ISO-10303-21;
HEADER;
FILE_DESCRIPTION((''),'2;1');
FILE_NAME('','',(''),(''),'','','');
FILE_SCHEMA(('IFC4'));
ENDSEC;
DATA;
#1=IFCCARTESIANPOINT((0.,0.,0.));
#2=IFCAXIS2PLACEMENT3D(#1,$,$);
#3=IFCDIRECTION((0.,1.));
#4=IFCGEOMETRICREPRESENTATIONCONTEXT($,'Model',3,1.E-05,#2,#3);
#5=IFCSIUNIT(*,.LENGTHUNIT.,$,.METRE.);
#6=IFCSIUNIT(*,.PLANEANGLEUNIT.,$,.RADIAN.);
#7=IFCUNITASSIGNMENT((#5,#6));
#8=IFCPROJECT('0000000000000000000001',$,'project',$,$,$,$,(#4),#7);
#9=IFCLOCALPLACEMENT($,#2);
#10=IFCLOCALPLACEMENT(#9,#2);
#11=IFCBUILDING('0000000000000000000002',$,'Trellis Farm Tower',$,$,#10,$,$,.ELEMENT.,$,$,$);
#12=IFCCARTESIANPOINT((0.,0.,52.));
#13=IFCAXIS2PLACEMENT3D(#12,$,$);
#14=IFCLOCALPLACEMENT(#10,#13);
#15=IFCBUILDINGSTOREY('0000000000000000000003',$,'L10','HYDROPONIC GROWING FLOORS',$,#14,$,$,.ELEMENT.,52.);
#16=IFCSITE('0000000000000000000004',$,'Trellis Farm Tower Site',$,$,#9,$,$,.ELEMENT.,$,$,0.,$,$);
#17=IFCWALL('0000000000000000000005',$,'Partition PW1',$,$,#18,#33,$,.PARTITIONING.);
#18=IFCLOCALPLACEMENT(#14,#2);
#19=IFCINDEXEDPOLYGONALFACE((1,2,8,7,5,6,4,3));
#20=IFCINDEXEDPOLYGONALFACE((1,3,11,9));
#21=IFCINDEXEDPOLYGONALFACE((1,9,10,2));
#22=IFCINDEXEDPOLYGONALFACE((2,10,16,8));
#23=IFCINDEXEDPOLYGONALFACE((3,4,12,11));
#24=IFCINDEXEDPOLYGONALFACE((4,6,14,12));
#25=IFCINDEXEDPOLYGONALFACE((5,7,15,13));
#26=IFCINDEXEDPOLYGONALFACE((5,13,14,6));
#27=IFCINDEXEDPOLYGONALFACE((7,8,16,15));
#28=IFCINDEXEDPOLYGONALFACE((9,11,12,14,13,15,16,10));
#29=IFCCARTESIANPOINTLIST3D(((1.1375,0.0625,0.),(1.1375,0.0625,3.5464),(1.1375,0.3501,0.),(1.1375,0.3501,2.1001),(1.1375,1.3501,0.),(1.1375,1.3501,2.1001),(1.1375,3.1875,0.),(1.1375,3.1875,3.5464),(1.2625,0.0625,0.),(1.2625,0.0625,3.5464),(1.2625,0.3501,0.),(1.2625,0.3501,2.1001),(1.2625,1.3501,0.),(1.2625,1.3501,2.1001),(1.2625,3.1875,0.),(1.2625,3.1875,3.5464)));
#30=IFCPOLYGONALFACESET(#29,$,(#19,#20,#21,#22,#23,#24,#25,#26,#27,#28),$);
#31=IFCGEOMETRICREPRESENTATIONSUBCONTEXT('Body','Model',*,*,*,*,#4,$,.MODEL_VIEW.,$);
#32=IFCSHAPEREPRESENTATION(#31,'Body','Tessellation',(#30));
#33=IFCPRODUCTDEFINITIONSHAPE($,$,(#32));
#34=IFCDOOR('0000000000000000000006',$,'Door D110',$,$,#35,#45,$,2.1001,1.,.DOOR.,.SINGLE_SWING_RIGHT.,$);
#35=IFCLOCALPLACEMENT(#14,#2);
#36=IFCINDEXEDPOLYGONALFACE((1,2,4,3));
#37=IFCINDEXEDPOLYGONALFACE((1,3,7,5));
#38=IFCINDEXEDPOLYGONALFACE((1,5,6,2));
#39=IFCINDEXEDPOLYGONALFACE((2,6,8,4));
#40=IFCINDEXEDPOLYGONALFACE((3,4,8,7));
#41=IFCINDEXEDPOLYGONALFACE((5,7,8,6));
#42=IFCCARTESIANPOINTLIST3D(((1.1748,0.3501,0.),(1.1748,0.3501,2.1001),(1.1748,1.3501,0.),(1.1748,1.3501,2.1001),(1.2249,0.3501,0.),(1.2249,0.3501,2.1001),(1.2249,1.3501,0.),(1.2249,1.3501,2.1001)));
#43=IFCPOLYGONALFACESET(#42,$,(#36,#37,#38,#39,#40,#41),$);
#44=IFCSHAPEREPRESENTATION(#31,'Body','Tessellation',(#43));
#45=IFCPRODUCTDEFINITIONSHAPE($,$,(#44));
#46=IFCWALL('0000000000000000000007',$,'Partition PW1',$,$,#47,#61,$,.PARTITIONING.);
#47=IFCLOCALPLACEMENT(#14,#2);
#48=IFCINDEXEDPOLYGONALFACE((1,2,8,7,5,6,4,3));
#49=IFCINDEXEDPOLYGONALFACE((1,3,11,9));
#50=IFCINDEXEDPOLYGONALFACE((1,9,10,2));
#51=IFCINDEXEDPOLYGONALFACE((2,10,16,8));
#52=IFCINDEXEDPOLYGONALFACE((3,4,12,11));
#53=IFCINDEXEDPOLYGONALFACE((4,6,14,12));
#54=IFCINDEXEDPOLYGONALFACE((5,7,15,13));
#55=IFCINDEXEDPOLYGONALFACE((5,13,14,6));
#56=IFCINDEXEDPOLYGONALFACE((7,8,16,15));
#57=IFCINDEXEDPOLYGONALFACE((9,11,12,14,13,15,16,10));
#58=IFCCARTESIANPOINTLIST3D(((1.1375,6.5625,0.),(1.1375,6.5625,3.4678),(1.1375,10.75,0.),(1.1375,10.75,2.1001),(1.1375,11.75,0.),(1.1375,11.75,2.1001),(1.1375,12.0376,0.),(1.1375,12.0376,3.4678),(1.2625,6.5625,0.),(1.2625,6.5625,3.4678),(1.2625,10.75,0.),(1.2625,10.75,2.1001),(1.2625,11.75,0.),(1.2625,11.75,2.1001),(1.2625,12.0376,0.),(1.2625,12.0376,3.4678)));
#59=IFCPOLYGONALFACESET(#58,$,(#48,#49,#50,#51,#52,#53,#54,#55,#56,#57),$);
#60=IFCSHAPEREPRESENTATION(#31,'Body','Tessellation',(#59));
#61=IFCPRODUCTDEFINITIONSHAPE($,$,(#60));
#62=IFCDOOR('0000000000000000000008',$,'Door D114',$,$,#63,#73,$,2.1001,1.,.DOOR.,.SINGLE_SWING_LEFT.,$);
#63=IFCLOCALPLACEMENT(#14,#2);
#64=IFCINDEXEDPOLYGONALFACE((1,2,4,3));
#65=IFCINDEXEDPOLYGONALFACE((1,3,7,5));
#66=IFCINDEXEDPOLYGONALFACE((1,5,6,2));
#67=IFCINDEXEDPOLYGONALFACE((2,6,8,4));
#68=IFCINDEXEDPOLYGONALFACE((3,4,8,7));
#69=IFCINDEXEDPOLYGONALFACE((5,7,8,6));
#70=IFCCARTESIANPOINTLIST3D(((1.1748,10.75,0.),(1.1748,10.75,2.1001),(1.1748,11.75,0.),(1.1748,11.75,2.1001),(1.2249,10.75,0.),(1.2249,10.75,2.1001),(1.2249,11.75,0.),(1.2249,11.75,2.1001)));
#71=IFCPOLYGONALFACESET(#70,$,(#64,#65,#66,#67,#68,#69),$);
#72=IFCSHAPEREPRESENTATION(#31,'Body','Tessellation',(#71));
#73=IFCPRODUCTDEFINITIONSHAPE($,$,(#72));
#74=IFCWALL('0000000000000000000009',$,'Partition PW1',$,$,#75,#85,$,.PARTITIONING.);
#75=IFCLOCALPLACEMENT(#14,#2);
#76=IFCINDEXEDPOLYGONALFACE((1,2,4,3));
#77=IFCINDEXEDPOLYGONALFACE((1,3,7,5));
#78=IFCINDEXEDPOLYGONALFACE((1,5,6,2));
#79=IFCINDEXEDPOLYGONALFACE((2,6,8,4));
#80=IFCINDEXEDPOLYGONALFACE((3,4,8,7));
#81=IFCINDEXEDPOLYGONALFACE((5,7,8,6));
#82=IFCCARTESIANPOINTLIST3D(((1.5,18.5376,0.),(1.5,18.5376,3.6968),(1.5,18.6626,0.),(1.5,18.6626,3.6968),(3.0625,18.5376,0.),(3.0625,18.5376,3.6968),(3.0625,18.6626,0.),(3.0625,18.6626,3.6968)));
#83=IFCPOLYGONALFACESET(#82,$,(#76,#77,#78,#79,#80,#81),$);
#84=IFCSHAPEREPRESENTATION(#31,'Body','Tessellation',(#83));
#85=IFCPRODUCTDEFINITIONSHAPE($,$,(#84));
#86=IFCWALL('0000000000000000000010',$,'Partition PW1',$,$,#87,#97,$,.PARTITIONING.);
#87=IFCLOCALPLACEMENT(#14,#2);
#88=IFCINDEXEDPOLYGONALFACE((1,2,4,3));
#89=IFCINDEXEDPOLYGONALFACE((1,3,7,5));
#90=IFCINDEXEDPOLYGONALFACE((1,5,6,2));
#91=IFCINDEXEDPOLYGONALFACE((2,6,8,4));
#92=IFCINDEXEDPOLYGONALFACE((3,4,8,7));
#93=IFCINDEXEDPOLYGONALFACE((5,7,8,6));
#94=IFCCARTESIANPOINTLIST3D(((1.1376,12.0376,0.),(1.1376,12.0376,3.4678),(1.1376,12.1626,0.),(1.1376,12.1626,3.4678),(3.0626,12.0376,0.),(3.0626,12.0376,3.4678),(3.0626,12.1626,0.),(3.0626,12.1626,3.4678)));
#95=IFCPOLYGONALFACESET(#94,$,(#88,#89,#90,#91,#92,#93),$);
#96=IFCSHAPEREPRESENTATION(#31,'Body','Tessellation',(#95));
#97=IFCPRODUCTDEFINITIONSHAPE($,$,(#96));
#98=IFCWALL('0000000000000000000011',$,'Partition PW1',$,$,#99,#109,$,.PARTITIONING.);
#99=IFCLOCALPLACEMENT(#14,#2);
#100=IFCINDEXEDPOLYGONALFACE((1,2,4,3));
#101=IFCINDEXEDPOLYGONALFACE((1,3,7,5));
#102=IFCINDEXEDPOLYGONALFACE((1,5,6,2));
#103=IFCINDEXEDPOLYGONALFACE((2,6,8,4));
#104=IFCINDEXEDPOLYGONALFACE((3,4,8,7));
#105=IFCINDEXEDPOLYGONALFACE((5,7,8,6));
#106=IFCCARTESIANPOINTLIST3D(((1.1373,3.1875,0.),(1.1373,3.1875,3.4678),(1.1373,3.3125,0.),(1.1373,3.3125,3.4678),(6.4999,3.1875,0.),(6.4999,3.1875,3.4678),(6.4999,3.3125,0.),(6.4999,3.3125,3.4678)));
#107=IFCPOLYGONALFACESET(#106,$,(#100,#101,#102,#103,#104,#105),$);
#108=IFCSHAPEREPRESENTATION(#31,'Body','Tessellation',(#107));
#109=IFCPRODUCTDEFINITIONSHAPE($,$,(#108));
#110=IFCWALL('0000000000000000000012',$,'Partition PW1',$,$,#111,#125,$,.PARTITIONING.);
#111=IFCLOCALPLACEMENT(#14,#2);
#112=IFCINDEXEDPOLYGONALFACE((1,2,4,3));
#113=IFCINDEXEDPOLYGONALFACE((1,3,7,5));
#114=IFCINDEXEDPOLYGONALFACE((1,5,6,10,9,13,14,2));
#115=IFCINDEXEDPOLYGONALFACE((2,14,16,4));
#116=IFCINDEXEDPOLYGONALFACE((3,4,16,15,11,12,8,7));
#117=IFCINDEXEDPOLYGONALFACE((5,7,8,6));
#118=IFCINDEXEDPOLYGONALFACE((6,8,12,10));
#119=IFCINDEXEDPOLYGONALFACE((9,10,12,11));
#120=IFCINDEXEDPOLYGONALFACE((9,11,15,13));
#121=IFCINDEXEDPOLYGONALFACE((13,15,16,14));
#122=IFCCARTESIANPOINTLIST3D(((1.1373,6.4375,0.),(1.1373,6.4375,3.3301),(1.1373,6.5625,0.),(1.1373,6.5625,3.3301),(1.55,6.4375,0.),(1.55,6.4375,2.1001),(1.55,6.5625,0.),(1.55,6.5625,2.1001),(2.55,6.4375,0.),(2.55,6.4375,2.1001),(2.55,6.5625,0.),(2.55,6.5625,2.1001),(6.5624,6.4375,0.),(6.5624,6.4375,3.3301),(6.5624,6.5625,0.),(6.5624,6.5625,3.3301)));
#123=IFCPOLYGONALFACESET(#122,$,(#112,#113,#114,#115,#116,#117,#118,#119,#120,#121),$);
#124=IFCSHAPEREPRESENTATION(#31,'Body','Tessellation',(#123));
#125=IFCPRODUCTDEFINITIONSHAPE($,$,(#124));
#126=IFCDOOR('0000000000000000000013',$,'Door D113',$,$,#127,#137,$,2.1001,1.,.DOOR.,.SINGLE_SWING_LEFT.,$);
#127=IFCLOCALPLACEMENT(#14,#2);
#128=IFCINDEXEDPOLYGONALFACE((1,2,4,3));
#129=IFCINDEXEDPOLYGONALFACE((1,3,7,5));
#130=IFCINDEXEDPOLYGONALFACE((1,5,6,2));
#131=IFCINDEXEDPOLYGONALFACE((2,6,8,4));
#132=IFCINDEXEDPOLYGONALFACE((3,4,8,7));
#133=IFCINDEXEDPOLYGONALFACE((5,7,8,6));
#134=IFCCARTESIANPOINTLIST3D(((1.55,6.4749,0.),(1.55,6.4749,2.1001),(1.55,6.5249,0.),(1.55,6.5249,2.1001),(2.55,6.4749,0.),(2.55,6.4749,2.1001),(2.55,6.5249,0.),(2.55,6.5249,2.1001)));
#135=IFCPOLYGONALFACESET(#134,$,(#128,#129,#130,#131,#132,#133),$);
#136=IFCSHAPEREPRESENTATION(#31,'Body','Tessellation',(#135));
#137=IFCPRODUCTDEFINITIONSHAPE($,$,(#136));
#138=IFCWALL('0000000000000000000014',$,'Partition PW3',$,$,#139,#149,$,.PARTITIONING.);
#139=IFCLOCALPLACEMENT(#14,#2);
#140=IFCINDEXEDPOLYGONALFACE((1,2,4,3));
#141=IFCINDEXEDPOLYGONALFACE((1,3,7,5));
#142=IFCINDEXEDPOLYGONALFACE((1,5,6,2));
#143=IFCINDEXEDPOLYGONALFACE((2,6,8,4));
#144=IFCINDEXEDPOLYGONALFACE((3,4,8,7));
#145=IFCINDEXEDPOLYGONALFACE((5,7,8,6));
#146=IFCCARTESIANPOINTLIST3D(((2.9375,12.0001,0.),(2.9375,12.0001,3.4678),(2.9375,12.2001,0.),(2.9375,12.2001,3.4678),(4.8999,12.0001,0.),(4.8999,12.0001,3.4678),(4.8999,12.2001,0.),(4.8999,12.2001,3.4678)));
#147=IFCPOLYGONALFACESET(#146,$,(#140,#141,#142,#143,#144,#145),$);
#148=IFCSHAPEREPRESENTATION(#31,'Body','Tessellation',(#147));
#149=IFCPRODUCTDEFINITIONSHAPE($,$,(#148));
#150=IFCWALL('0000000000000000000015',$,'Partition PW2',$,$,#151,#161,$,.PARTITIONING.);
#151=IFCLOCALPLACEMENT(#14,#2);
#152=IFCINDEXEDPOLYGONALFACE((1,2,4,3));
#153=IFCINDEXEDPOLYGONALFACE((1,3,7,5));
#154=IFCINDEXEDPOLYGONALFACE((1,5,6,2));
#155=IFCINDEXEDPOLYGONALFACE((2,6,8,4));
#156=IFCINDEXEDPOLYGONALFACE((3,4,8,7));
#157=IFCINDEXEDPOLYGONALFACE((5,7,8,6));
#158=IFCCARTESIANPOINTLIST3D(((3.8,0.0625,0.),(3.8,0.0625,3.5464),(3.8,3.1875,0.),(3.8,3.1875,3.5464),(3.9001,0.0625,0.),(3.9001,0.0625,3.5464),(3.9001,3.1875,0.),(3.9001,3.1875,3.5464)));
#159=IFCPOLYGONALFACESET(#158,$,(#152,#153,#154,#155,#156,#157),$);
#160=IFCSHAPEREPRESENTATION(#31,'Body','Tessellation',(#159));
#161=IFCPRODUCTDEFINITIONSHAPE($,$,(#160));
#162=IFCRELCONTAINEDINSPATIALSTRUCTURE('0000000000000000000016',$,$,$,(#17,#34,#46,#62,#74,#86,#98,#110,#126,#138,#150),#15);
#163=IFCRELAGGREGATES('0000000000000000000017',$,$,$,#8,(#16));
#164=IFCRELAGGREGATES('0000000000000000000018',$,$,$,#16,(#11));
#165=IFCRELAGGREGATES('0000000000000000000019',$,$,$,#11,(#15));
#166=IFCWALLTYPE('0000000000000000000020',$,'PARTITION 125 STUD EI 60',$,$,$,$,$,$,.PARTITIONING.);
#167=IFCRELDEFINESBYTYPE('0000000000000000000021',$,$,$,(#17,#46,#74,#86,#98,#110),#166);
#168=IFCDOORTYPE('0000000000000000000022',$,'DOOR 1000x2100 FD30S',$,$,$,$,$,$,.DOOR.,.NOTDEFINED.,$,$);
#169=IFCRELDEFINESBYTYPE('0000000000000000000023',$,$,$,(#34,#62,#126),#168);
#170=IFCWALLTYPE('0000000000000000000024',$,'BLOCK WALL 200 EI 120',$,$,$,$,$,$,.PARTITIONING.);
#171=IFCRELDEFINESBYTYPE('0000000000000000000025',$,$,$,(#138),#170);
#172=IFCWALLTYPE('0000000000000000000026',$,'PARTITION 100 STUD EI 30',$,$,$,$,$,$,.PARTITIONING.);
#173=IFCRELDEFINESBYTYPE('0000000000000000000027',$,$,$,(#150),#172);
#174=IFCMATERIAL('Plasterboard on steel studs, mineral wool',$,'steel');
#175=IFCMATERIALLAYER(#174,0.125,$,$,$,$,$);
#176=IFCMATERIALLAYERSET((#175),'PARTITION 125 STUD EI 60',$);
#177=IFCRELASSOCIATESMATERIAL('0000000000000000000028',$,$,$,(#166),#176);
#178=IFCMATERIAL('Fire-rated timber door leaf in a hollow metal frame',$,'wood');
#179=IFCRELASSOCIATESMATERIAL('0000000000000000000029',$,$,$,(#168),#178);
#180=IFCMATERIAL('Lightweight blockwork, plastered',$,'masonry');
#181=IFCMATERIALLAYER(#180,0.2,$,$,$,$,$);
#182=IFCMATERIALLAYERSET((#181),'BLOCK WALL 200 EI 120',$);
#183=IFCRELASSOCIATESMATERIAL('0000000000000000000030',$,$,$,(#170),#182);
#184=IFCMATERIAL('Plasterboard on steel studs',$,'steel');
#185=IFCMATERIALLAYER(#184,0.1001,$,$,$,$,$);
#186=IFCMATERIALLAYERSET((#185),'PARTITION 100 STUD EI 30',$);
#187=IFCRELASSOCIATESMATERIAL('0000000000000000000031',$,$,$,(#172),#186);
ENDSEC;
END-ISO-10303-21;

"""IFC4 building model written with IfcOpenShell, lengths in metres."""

from ifc_helpers import new_model, si_unit, direction, frame, frame_2d, origin, place, context, subcontext, project, spatial, rectangle, extrude, source, transform, mapped, material, layer, layer_set, type_object, element, fill, save


model = new_model("IFC4")

# Units and contexts
model_context = context("Model", 3, precision=1e-05, world=origin(), true_north=direction((0.0, 1.0)))
body_context = subcontext(model_context, "Body", "Model", "MODEL_VIEW")
ifc_project = project(units=[si_unit("LENGTHUNIT", "METRE"), si_unit("PLANEANGLEUNIT", "RADIAN")], contexts=[model_context])

# Site, building, storey
site_placement = place(None, origin())
site = spatial("IfcSite", under=ifc_project, at=site_placement, Name="Trellis Farm Tower Site", CompositionType="ELEMENT", RefElevation=0.0)
building_placement = place(site_placement, origin())
building = spatial("IfcBuilding", under=site, at=building_placement, Name="Trellis Farm Tower", CompositionType="ELEMENT")
storey_placement = place(building_placement, frame((0.0, 0.0, 52.0)))
storey = spatial("IfcBuildingStorey", under=building, at=storey_placement, Name="L10", Description="HYDROPONIC GROWING FLOORS", CompositionType="ELEMENT", Elevation=52.0)

# Walls, openings, doors
ifc_material_1 = material(Name="Plasterboard on steel studs, mineral wool", Category="steel")
ifc_layer_1 = layer(ifc_material_1, 0.125)
ifc_layer_set_1 = layer_set([ifc_layer_1], Name="PARTITION 125 STUD EI 60")
wall_type_1 = type_object("IfcWallType", Name="PARTITION 125 STUD EI 60", PredefinedType="PARTITIONING", material=ifc_layer_set_1)
shared_shape_1 = source(origin(), body_context, "Body", "SweptSolid", [
    extrude(rectangle(XDim=3.125, YDim=0.125, at=frame_2d((1.5625, 0.0))), origin(), (0.0, 0.0, 1.0), 3.5464),
])
wall_1_placement = place(storey_placement, frame((1.2, 3.1875, 0.0), z_axis=(0.0, 0.0, 1.0), x_axis=(0.0, -1.0, 0.0)))
wall_1 = element("IfcWall", 1, at=wall_1_placement, inside=storey, type_object=wall_type_1, Name="Partition PW1", PredefinedType="PARTITIONING", context=body_context, shape_type="MappedRepresentation", body=[
    mapped(shared_shape_1, transform((0.0, 0.0, 0.0))),
])
shared_shape_2 = source(origin(), body_context, "Body", "SweptSolid", [
    extrude(rectangle(XDim=1.0, YDim=2.1001, at=frame_2d((0.5, 1.05))), frame((0.0, 0.0725, 0.0), z_axis=(0.0, -1.0, 0.0), x_axis=(1.0, 0.0, 0.0)), (0.0, 0.0, 1.0), 0.145),
])
opening_1_placement = place(wall_1_placement, frame((1.8374, 0.0, 0.0)))
opening_1 = element("IfcOpeningElement", 2, at=opening_1_placement, cuts=wall_1, PredefinedType="OPENING", context=body_context, shape_type="MappedRepresentation", body=[
    mapped(shared_shape_2, transform((0.0, 0.0, 0.0))),
])
ifc_material_2 = material(Name="Fire-rated timber door leaf in a hollow metal frame", Category="wood")
door_type = type_object("IfcDoorType", Name="DOOR 1000x2100 FD30S", OperationType="NOTDEFINED", PredefinedType="DOOR", material=ifc_material_2)
shared_shape_3 = source(origin(), body_context, "Body", "SweptSolid", [
    extrude(rectangle(XDim=1.0, YDim=2.1001, at=frame_2d((0.5, 1.05))), frame((0.0, 0.0249, 0.0), z_axis=(0.0, -1.0, 0.0), x_axis=(1.0, 0.0, 0.0)), (0.0, 0.0, 1.0), 0.05),
])
door_1_placement = place(opening_1_placement, origin())
door_1 = element("IfcDoor", 3, at=door_1_placement, inside=storey, type_object=door_type, Name="Door D110", OperationType="SINGLE_SWING_RIGHT", OverallHeight=2.1001, OverallWidth=1.0, PredefinedType="DOOR", context=body_context, shape_type="MappedRepresentation", body=[
    mapped(shared_shape_3, transform((0.0, 0.0, 0.0))),
])
fill(opening_1, door_1)
shared_shape_4 = source(origin(), body_context, "Body", "SweptSolid", [
    extrude(rectangle(XDim=5.4751, YDim=0.125, at=frame_2d((2.7375, 0.0))), origin(), (0.0, 0.0, 1.0), 3.4678),
])
wall_2_placement = place(storey_placement, frame((1.2, 12.0376, 0.0), z_axis=(0.0, 0.0, 1.0), x_axis=(0.0, -1.0, 0.0)))
wall_2 = element("IfcWall", 4, at=wall_2_placement, inside=storey, type_object=wall_type_1, Name="Partition PW1", PredefinedType="PARTITIONING", context=body_context, shape_type="MappedRepresentation", body=[
    mapped(shared_shape_4, transform((0.0, 0.0, 0.0))),
])
opening_2_placement = place(wall_2_placement, frame((0.2876, 0.0, 0.0)))
opening_2 = element("IfcOpeningElement", 5, at=opening_2_placement, cuts=wall_2, PredefinedType="OPENING", context=body_context, shape_type="MappedRepresentation", body=[
    mapped(shared_shape_2, transform((0.0, 0.0, 0.0))),
])
door_2_placement = place(opening_2_placement, origin())
door_2 = element("IfcDoor", 6, at=door_2_placement, inside=storey, type_object=door_type, Name="Door D114", OperationType="SINGLE_SWING_LEFT", OverallHeight=2.1001, OverallWidth=1.0, PredefinedType="DOOR", context=body_context, shape_type="MappedRepresentation", body=[
    mapped(shared_shape_3, transform((0.0, 0.0, 0.0))),
])
fill(opening_2, door_2)

# Walls
shared_shape_5 = source(origin(), body_context, "Body", "SweptSolid", [
    extrude(rectangle(XDim=1.5625, YDim=0.125, at=frame_2d((0.7812, 0.0))), origin(), (0.0, 0.0, 1.0), 3.6968),
])
wall_3_placement = place(storey_placement, frame((1.5, 18.6001, 0.0), z_axis=(0.0, 0.0, 1.0), x_axis=(1.0, 0.0, 0.0)))
element("IfcWall", 7, at=wall_3_placement, inside=storey, type_object=wall_type_1, Name="Partition PW1", PredefinedType="PARTITIONING", context=body_context, shape_type="MappedRepresentation", body=[
    mapped(shared_shape_5, transform((0.0, 0.0, 0.0))),
])
shared_shape_6 = source(origin(), body_context, "Body", "SweptSolid", [
    extrude(rectangle(XDim=1.925, YDim=0.125, at=frame_2d((0.9624, 0.0))), origin(), (0.0, 0.0, 1.0), 3.4678),
])
wall_4_placement = place(storey_placement, frame((3.0625, 12.1001, 0.0), z_axis=(0.0, 0.0, 1.0), x_axis=(-1.0, 0.0, 0.0)))
element("IfcWall", 8, at=wall_4_placement, inside=storey, type_object=wall_type_1, Name="Partition PW1", PredefinedType="PARTITIONING", context=body_context, shape_type="MappedRepresentation", body=[
    mapped(shared_shape_6, transform((0.0, 0.0, 0.0))),
])
shared_shape_7 = source(origin(), body_context, "Body", "SweptSolid", [
    extrude(rectangle(XDim=5.3625, YDim=0.125, at=frame_2d((2.6812, 0.0))), origin(), (0.0, 0.0, 1.0), 3.4678),
])
wall_5_placement = place(storey_placement, frame((1.1375, 3.25, 0.0), z_axis=(0.0, 0.0, 1.0), x_axis=(1.0, 0.0, 0.0)))
element("IfcWall", 9, at=wall_5_placement, inside=storey, type_object=wall_type_1, Name="Partition PW1", PredefinedType="PARTITIONING", context=body_context, shape_type="MappedRepresentation", body=[
    mapped(shared_shape_7, transform((0.0, 0.0, 0.0))),
])

# Wall, opening, door
shared_shape_8 = source(origin(), body_context, "Body", "SweptSolid", [
    extrude(rectangle(XDim=5.425, YDim=0.125, at=frame_2d((2.7124, 0.0))), origin(), (0.0, 0.0, 1.0), 3.3301),
])
wall_6_placement = place(storey_placement, frame((1.1375, 6.5, 0.0), z_axis=(0.0, 0.0, 1.0), x_axis=(1.0, 0.0, 0.0)))
wall_6 = element("IfcWall", 10, at=wall_6_placement, inside=storey, type_object=wall_type_1, Name="Partition PW1", PredefinedType="PARTITIONING", context=body_context, shape_type="MappedRepresentation", body=[
    mapped(shared_shape_8, transform((0.0, 0.0, 0.0))),
])
opening_3_placement = place(wall_6_placement, frame((0.4126, 0.0, 0.0)))
opening_3 = element("IfcOpeningElement", 11, at=opening_3_placement, cuts=wall_6, PredefinedType="OPENING", context=body_context, shape_type="MappedRepresentation", body=[
    mapped(shared_shape_2, transform((0.0, 0.0, 0.0))),
])
door_3_placement = place(opening_3_placement, origin())
door_3 = element("IfcDoor", 12, at=door_3_placement, inside=storey, type_object=door_type, Name="Door D113", OperationType="SINGLE_SWING_LEFT", OverallHeight=2.1001, OverallWidth=1.0, PredefinedType="DOOR", context=body_context, shape_type="MappedRepresentation", body=[
    mapped(shared_shape_3, transform((0.0, 0.0, 0.0))),
])
fill(opening_3, door_3)

# Walls
ifc_material_3 = material(Name="Lightweight blockwork, plastered", Category="masonry")
ifc_layer_2 = layer(ifc_material_3, 0.2)
ifc_layer_set_2 = layer_set([ifc_layer_2], Name="BLOCK WALL 200 EI 120")
wall_type_2 = type_object("IfcWallType", Name="BLOCK WALL 200 EI 120", PredefinedType="PARTITIONING", material=ifc_layer_set_2)
shared_shape_9 = source(origin(), body_context, "Body", "SweptSolid", [
    extrude(rectangle(XDim=1.9624, YDim=0.2, at=frame_2d((0.9812, 0.0))), origin(), (0.0, 0.0, 1.0), 3.4678),
])
wall_7_placement = place(storey_placement, frame((2.9375, 12.1001, 0.0), z_axis=(0.0, 0.0, 1.0), x_axis=(1.0, 0.0, 0.0)))
element("IfcWall", 13, at=wall_7_placement, inside=storey, type_object=wall_type_2, Name="Partition PW3", PredefinedType="PARTITIONING", context=body_context, shape_type="MappedRepresentation", body=[
    mapped(shared_shape_9, transform((0.0, 0.0, 0.0))),
])
ifc_material_4 = material(Name="Plasterboard on steel studs", Category="steel")
ifc_layer_3 = layer(ifc_material_4, 0.1001)
ifc_layer_set_3 = layer_set([ifc_layer_3], Name="PARTITION 100 STUD EI 30")
wall_type_3 = type_object("IfcWallType", Name="PARTITION 100 STUD EI 30", PredefinedType="PARTITIONING", material=ifc_layer_set_3)
shared_shape_10 = source(origin(), body_context, "Body", "SweptSolid", [
    extrude(rectangle(XDim=3.125, YDim=0.1001, at=frame_2d((1.5625, 0.0))), origin(), (0.0, 0.0, 1.0), 3.5464),
])
wall_8_placement = place(storey_placement, frame((3.8501, 0.0625, 0.0), z_axis=(0.0, 0.0, 1.0), x_axis=(0.0, 1.0, 0.0)))
element("IfcWall", 14, at=wall_8_placement, inside=storey, type_object=wall_type_3, Name="Partition PW2", PredefinedType="PARTITIONING", context=body_context, shape_type="MappedRepresentation", body=[
    mapped(shared_shape_10, transform((0.0, 0.0, 0.0))),
])

save(model, "model.ifc")
